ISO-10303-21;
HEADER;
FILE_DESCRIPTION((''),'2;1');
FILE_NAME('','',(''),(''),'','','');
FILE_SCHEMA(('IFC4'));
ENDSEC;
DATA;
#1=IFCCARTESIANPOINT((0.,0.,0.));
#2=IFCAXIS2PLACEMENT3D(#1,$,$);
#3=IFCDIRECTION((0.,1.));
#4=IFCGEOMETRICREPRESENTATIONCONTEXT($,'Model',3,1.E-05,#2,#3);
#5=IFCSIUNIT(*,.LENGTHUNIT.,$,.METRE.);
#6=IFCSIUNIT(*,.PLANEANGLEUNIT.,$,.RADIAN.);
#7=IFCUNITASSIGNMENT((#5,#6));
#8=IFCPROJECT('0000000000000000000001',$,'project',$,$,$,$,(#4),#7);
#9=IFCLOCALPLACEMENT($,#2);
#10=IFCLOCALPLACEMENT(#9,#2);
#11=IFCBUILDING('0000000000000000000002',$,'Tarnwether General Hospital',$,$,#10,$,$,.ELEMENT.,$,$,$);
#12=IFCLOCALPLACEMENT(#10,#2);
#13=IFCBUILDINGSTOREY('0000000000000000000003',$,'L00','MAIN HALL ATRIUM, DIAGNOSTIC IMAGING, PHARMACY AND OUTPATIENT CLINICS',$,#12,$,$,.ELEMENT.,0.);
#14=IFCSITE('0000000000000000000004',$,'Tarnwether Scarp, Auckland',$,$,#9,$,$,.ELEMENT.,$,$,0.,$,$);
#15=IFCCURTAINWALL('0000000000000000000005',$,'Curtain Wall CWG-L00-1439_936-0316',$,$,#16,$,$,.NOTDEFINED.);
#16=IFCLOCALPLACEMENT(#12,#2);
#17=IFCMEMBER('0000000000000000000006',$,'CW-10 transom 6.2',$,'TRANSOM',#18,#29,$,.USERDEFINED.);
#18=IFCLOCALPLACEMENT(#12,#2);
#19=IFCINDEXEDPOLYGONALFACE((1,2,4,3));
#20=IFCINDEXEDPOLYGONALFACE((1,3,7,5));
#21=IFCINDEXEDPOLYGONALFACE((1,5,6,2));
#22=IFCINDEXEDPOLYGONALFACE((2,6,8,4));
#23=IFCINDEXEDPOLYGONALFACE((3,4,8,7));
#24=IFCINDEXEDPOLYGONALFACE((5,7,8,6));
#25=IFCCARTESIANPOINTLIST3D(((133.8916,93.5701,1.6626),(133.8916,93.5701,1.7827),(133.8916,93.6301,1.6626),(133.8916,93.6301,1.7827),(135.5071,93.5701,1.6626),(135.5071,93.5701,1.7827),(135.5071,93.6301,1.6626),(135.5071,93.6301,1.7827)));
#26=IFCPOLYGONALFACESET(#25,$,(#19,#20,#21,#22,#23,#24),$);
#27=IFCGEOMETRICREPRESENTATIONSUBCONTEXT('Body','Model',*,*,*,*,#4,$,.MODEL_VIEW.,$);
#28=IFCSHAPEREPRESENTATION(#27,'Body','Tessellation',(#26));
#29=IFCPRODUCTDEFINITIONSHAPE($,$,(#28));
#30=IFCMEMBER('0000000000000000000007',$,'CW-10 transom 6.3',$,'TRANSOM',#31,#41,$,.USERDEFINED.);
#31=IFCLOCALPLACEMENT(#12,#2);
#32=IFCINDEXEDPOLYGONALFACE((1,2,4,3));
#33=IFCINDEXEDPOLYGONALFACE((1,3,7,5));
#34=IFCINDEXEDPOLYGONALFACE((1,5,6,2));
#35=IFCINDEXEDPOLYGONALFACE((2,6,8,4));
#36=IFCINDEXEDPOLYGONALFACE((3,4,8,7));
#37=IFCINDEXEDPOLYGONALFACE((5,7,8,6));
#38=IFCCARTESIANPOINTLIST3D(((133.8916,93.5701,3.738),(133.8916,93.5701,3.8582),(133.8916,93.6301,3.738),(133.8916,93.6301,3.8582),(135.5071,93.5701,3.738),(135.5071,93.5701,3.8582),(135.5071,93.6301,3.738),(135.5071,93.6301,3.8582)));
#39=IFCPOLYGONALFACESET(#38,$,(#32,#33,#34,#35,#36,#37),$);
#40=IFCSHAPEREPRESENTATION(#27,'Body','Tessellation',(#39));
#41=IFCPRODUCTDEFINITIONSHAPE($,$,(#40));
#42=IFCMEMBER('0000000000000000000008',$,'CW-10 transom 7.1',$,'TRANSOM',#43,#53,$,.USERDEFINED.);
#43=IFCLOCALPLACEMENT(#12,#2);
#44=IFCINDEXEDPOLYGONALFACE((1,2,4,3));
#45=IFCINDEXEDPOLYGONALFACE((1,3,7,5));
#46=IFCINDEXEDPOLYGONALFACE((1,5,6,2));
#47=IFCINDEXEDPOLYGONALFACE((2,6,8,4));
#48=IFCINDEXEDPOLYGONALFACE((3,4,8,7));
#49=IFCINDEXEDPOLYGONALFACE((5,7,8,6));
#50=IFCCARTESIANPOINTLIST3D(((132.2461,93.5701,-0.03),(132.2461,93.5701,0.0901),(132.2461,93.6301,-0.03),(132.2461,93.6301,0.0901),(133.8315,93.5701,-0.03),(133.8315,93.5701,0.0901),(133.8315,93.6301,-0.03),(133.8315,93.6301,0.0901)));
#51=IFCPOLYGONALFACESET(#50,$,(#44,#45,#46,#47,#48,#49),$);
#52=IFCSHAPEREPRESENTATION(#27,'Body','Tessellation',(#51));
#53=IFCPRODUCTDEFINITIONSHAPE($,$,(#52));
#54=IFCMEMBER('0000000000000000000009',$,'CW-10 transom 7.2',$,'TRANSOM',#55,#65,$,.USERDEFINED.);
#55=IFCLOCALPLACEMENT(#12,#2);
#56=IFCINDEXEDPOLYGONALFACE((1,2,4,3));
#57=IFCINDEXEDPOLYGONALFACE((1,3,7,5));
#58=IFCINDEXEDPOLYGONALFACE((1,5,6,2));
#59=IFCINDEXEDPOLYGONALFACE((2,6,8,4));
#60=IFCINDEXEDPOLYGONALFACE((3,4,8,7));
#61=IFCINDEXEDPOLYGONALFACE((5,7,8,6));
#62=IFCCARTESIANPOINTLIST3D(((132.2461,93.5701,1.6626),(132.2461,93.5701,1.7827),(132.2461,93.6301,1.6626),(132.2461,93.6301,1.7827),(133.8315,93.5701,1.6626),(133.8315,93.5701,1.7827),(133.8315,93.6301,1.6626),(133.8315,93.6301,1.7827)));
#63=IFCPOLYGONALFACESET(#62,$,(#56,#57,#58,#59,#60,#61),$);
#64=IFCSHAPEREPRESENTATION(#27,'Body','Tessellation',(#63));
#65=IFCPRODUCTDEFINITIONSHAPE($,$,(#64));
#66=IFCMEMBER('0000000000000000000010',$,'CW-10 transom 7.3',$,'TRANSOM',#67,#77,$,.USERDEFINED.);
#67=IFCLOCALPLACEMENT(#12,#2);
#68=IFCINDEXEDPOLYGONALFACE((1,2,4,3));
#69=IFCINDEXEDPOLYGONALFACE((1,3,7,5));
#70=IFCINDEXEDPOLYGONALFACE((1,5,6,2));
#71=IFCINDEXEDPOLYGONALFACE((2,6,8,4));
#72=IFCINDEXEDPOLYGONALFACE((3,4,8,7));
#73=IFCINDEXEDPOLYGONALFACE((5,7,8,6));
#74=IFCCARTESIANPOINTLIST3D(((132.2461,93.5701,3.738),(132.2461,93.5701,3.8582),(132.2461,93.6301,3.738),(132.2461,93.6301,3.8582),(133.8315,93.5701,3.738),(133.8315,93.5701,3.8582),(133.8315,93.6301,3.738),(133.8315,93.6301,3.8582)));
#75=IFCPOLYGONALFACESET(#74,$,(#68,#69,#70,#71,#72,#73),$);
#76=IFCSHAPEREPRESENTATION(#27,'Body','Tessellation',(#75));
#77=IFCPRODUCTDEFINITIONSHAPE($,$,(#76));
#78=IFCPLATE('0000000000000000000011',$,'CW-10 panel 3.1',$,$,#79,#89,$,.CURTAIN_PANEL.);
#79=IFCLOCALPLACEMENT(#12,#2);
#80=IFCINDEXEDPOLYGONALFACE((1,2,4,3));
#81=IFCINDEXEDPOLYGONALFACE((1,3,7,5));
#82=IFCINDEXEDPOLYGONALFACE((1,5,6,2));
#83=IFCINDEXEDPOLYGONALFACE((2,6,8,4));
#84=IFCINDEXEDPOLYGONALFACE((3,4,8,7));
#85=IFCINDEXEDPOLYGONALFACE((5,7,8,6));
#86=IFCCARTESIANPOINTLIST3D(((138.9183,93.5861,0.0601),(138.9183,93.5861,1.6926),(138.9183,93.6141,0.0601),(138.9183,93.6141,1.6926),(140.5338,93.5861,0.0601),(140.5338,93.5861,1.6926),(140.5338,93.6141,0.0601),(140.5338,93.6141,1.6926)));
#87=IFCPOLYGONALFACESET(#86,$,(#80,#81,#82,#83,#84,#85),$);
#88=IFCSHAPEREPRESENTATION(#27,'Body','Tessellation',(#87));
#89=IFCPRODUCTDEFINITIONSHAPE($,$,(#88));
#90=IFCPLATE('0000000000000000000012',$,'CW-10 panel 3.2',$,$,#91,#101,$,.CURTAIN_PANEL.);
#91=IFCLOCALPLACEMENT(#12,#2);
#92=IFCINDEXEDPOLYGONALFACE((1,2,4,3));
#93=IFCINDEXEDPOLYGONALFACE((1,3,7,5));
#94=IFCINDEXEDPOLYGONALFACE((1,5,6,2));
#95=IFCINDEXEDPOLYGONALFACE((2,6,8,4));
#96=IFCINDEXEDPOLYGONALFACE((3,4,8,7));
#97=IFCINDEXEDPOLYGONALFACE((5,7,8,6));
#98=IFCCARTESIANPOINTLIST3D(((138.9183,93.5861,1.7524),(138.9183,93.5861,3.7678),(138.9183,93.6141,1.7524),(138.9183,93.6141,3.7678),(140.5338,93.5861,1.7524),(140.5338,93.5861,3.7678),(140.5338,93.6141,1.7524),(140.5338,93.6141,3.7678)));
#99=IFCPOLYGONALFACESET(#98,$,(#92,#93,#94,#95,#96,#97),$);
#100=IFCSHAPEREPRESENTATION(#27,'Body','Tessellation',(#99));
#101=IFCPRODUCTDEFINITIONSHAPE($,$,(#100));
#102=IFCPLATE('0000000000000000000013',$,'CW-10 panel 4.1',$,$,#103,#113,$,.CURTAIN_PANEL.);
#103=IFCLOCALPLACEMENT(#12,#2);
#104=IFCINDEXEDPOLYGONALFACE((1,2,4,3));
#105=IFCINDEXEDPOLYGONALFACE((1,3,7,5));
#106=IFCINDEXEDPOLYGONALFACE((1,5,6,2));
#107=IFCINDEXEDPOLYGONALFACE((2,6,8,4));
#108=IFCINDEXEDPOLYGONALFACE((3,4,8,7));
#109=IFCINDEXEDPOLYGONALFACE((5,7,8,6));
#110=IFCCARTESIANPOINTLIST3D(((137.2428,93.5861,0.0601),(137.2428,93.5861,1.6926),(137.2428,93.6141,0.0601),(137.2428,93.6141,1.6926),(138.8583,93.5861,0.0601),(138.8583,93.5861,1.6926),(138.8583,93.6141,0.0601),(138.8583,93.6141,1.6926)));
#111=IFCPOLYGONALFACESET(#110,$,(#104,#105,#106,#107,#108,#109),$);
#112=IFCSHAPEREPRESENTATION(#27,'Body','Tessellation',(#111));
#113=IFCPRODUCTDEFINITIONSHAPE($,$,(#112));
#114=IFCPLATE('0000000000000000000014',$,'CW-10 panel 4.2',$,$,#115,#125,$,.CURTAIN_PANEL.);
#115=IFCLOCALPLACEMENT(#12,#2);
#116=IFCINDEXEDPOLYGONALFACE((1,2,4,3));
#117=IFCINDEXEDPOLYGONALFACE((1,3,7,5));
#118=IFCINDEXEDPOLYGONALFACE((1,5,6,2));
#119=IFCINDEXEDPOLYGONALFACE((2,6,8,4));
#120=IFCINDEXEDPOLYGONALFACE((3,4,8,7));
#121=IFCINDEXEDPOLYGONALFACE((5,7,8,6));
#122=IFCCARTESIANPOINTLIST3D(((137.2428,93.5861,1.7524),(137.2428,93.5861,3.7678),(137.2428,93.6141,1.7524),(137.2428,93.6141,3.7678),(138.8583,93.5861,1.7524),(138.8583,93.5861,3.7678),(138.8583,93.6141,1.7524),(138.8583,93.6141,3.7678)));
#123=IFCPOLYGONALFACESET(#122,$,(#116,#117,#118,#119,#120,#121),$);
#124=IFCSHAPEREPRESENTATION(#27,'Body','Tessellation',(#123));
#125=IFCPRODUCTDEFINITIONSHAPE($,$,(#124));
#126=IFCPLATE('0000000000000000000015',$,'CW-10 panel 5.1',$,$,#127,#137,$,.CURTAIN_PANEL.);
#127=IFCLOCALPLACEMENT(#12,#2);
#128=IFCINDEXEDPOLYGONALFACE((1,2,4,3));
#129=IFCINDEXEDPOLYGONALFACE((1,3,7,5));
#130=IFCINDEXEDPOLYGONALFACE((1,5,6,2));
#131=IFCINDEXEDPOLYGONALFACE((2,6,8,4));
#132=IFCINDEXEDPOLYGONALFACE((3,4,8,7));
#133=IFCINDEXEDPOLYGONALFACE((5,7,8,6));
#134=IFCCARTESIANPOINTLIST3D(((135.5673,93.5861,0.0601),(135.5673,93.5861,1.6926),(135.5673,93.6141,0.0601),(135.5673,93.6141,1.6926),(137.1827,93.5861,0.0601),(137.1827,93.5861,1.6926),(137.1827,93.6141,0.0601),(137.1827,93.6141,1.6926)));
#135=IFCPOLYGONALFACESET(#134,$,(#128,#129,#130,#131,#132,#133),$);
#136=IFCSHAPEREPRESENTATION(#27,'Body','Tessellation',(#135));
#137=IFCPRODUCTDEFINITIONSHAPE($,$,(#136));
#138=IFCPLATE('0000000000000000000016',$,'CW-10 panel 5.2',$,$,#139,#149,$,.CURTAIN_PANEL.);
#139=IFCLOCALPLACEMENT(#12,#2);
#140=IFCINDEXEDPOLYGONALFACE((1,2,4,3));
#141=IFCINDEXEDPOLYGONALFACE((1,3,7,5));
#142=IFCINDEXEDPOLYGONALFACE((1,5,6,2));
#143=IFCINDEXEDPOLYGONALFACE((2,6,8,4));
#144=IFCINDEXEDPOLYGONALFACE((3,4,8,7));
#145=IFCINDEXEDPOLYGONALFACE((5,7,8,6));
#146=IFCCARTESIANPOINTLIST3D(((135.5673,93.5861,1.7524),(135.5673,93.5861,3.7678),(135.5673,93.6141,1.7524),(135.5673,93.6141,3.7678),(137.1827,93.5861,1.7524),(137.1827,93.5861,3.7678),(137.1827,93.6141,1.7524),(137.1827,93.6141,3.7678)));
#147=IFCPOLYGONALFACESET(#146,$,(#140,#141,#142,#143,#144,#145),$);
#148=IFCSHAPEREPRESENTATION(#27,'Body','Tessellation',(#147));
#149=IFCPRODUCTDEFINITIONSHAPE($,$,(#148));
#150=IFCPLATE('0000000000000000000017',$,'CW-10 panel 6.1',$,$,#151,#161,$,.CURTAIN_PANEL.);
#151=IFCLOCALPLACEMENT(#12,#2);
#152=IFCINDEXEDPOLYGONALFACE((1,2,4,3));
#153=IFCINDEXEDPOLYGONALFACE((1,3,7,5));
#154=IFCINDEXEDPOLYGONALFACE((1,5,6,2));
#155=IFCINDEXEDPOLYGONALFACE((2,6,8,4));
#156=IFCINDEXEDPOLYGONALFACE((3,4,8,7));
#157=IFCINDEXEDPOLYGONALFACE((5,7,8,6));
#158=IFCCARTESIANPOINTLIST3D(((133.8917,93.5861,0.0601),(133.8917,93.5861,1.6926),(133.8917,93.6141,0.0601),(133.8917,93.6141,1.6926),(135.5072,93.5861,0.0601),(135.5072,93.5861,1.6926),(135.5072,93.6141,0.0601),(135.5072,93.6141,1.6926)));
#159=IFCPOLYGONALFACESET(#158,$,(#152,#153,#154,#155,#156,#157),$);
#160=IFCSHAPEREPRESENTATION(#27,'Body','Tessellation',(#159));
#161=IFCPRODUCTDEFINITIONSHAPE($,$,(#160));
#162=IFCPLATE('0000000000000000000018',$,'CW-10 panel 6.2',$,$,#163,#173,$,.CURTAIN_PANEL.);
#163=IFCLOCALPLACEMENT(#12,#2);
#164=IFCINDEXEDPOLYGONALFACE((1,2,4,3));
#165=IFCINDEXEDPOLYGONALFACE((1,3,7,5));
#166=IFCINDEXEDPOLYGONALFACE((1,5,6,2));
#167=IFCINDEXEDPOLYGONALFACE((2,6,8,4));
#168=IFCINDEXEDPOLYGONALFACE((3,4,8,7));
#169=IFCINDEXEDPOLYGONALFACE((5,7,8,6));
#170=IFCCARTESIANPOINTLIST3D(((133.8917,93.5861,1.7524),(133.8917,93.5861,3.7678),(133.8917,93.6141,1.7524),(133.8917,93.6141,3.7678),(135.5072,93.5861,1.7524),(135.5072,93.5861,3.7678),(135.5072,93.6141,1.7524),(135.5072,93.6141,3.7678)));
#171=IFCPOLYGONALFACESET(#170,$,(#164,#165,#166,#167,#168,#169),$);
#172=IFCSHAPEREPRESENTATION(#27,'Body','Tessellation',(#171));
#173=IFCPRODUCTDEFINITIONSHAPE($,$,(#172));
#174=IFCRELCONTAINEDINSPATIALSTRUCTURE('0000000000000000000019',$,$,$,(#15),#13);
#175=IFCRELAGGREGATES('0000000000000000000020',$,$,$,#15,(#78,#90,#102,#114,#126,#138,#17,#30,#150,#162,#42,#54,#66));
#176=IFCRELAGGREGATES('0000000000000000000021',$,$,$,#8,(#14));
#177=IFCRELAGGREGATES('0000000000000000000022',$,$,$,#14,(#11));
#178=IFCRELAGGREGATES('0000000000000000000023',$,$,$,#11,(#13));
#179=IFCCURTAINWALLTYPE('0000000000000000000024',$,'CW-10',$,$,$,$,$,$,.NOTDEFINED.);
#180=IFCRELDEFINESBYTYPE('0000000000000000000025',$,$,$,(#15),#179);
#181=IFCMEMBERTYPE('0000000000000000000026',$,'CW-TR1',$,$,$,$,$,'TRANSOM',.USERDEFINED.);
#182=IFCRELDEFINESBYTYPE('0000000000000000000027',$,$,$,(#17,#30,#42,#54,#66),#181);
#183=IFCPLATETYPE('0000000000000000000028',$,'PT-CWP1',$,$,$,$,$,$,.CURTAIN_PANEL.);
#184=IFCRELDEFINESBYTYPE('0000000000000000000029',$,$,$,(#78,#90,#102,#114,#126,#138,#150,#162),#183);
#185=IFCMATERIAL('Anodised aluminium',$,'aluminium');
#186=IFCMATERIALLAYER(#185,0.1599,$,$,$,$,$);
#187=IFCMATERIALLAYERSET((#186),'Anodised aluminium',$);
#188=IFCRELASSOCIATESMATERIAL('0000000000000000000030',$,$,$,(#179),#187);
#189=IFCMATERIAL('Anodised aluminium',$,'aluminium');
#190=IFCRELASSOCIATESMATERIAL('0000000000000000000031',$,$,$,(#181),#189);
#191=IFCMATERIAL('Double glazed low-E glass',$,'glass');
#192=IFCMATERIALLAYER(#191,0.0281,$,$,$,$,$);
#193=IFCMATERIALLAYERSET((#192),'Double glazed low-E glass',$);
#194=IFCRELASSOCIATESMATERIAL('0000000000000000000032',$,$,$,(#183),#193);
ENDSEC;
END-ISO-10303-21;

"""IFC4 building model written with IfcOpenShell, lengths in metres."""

from ifc_helpers import new_model, si_unit, direction, frame, origin, origin_2d, place, context, subcontext, project, spatial, rectangle, extrude, material, layer, layer_set, material_profile, profile_set, type_object, element, aggregate, save


model = new_model("IFC4")

# Units and contexts
model_context = context("Model", 3, precision=1e-05, world=origin(), true_north=direction((0.0, 1.0)))
body_context = subcontext(model_context, "Body", "Model", "MODEL_VIEW")
ifc_project = project(units=[si_unit("LENGTHUNIT", "METRE"), si_unit("PLANEANGLEUNIT", "RADIAN")], contexts=[model_context])

# Site, building, storey
site_placement = place(None, origin())
site = spatial("IfcSite", under=ifc_project, at=site_placement, Name="Tarnwether Scarp, Auckland", CompositionType="ELEMENT", RefElevation=0.0)
building_placement = place(site_placement, origin())
building = spatial("IfcBuilding", under=site, at=building_placement, Name="Tarnwether General Hospital", CompositionType="ELEMENT")
storey_placement = place(building_placement, origin())
storey = spatial("IfcBuildingStorey", under=building, at=storey_placement, Name="L00", Description="MAIN HALL ATRIUM, DIAGNOSTIC IMAGING, PHARMACY AND OUTPATIENT CLINICS", CompositionType="ELEMENT", Elevation=0.0)

# Curtain wall, members, plates
ifc_material_1 = material(Name="Anodised aluminium", Category="aluminium")
ifc_layer_1 = layer(ifc_material_1, 0.1599)
ifc_layer_set_1 = layer_set([ifc_layer_1], Name="Anodised aluminium")
curtain_wall_type = type_object("IfcCurtainWallType", Name="CW-10", PredefinedType="NOTDEFINED", material=ifc_layer_set_1)
curtain_wall_placement = place(storey_placement, origin())
curtain_wall = element("IfcCurtainWall", 1, at=curtain_wall_placement, inside=storey, type_object=curtain_wall_type, Name="Curtain Wall CWG-L00-1439_936-0316", PredefinedType="NOTDEFINED")
ifc_material_2 = material(Name="Anodised aluminium", Category="aluminium")
ifc_material_profile_1 = material_profile(ifc_material_2, rectangle(XDim=0.0601, YDim=0.1201, at=origin_2d()), Name="ALU-TRN-60x120")
ifc_profile_set_1 = profile_set([ifc_material_profile_1], Name="Anodised aluminium")
member_type_1 = type_object("IfcMemberType", Name="CW-TR1", ElementType="TRANSOM", PredefinedType="USERDEFINED", material=ifc_profile_set_1)
member_1_placement = place(storey_placement, frame((135.5071, 93.6001, 1.7227), z_axis=(-1.0, 0.0, 0.0), x_axis=(0.0, -1.0, 0.0)))
member_1 = element("IfcMember", 2, at=member_1_placement, type_object=member_type_1, Name="CW-10 transom 6.2", ObjectType="TRANSOM", PredefinedType="USERDEFINED", context=body_context, shape_type="SweptSolid", body=[
    extrude(rectangle(XDim=0.0601, YDim=0.1201, at=origin_2d()), origin(), (0.0, 0.0, 1.0), 1.6155),
])
member_2_placement = place(storey_placement, frame((135.5071, 93.6001, 3.7981), z_axis=(-1.0, 0.0, 0.0), x_axis=(0.0, -1.0, 0.0)))
member_2 = element("IfcMember", 3, at=member_2_placement, type_object=member_type_1, Name="CW-10 transom 6.3", ObjectType="TRANSOM", PredefinedType="USERDEFINED", context=body_context, shape_type="SweptSolid", body=[
    extrude(rectangle(XDim=0.0601, YDim=0.1201, at=origin_2d()), origin(), (0.0, 0.0, 1.0), 1.6155),
])
member_3_placement = place(storey_placement, frame((133.8315, 93.6001, 0.03), z_axis=(-1.0, 0.0, 0.0), x_axis=(0.0, -1.0, 0.0)))
member_3 = element("IfcMember", 4, at=member_3_placement, type_object=member_type_1, Name="CW-10 transom 7.1", ObjectType="TRANSOM", PredefinedType="USERDEFINED", context=body_context, shape_type="SweptSolid", body=[
    extrude(rectangle(XDim=0.0601, YDim=0.1201, at=origin_2d()), origin(), (0.0, 0.0, 1.0), 1.5854),
])
member_4_placement = place(storey_placement, frame((133.8315, 93.6001, 1.7227), z_axis=(-1.0, 0.0, 0.0), x_axis=(0.0, -1.0, 0.0)))
member_4 = element("IfcMember", 5, at=member_4_placement, type_object=member_type_1, Name="CW-10 transom 7.2", ObjectType="TRANSOM", PredefinedType="USERDEFINED", context=body_context, shape_type="SweptSolid", body=[
    extrude(rectangle(XDim=0.0601, YDim=0.1201, at=origin_2d()), origin(), (0.0, 0.0, 1.0), 1.5854),
])
member_5_placement = place(storey_placement, frame((133.8315, 93.6001, 3.7981), z_axis=(-1.0, 0.0, 0.0), x_axis=(0.0, -1.0, 0.0)))
member_5 = element("IfcMember", 6, at=member_5_placement, type_object=member_type_1, Name="CW-10 transom 7.3", ObjectType="TRANSOM", PredefinedType="USERDEFINED", context=body_context, shape_type="SweptSolid", body=[
    extrude(rectangle(XDim=0.0601, YDim=0.1201, at=origin_2d()), origin(), (0.0, 0.0, 1.0), 1.5854),
])
ifc_material_3 = material(Name="Double glazed low-E glass", Category="glass")
ifc_layer_2 = layer(ifc_material_3, 0.0281)
ifc_layer_set_2 = layer_set([ifc_layer_2], Name="Double glazed low-E glass")
plate_type = type_object("IfcPlateType", Name="PT-CWP1", PredefinedType="CURTAIN_PANEL", material=ifc_layer_set_2)
plate_1_placement = place(storey_placement, frame((139.7261, 93.6001, 0.0601), z_axis=(0.0, 0.0, 1.0), x_axis=(-1.0, 0.0, 0.0)))
plate_1 = element("IfcPlate", 7, at=plate_1_placement, type_object=plate_type, Name="CW-10 panel 3.1", PredefinedType="CURTAIN_PANEL", context=body_context, shape_type="SweptSolid", body=[
    extrude(rectangle(XDim=1.6155, YDim=0.0281, at=origin_2d()), origin(), (0.0, 0.0, 1.0), 1.6326),
])
plate_2_placement = place(storey_placement, frame((139.7261, 93.6001, 1.7524), z_axis=(0.0, 0.0, 1.0), x_axis=(-1.0, 0.0, 0.0)))
plate_2 = element("IfcPlate", 8, at=plate_2_placement, type_object=plate_type, Name="CW-10 panel 3.2", PredefinedType="CURTAIN_PANEL", context=body_context, shape_type="SweptSolid", body=[
    extrude(rectangle(XDim=1.6155, YDim=0.0281, at=origin_2d()), origin(), (0.0, 0.0, 1.0), 2.0154),
])
plate_3_placement = place(storey_placement, frame((138.0505, 93.6001, 0.0601), z_axis=(0.0, 0.0, 1.0), x_axis=(-1.0, 0.0, 0.0)))
plate_3 = element("IfcPlate", 9, at=plate_3_placement, type_object=plate_type, Name="CW-10 panel 4.1", PredefinedType="CURTAIN_PANEL", context=body_context, shape_type="SweptSolid", body=[
    extrude(rectangle(XDim=1.6155, YDim=0.0281, at=origin_2d()), origin(), (0.0, 0.0, 1.0), 1.6326),
])
plate_4_placement = place(storey_placement, frame((138.0505, 93.6001, 1.7524), z_axis=(0.0, 0.0, 1.0), x_axis=(-1.0, 0.0, 0.0)))
plate_4 = element("IfcPlate", 10, at=plate_4_placement, type_object=plate_type, Name="CW-10 panel 4.2", PredefinedType="CURTAIN_PANEL", context=body_context, shape_type="SweptSolid", body=[
    extrude(rectangle(XDim=1.6155, YDim=0.0281, at=origin_2d()), origin(), (0.0, 0.0, 1.0), 2.0154),
])
plate_5_placement = place(storey_placement, frame((136.375, 93.6001, 0.0601), z_axis=(0.0, 0.0, 1.0), x_axis=(-1.0, 0.0, 0.0)))
plate_5 = element("IfcPlate", 11, at=plate_5_placement, type_object=plate_type, Name="CW-10 panel 5.1", PredefinedType="CURTAIN_PANEL", context=body_context, shape_type="SweptSolid", body=[
    extrude(rectangle(XDim=1.6155, YDim=0.0281, at=origin_2d()), origin(), (0.0, 0.0, 1.0), 1.6326),
])
plate_6_placement = place(storey_placement, frame((136.375, 93.6001, 1.7524), z_axis=(0.0, 0.0, 1.0), x_axis=(-1.0, 0.0, 0.0)))
plate_6 = element("IfcPlate", 12, at=plate_6_placement, type_object=plate_type, Name="CW-10 panel 5.2", PredefinedType="CURTAIN_PANEL", context=body_context, shape_type="SweptSolid", body=[
    extrude(rectangle(XDim=1.6155, YDim=0.0281, at=origin_2d()), origin(), (0.0, 0.0, 1.0), 2.0154),
])
plate_7_placement = place(storey_placement, frame((134.6995, 93.6001, 0.0601), z_axis=(0.0, 0.0, 1.0), x_axis=(-1.0, 0.0, 0.0)))
plate_7 = element("IfcPlate", 13, at=plate_7_placement, type_object=plate_type, Name="CW-10 panel 6.1", PredefinedType="CURTAIN_PANEL", context=body_context, shape_type="SweptSolid", body=[
    extrude(rectangle(XDim=1.6155, YDim=0.0281, at=origin_2d()), origin(), (0.0, 0.0, 1.0), 1.6326),
])
plate_8_placement = place(storey_placement, frame((134.6995, 93.6001, 1.7524), z_axis=(0.0, 0.0, 1.0), x_axis=(-1.0, 0.0, 0.0)))
plate_8 = element("IfcPlate", 14, at=plate_8_placement, type_object=plate_type, Name="CW-10 panel 6.2", PredefinedType="CURTAIN_PANEL", context=body_context, shape_type="SweptSolid", body=[
    extrude(rectangle(XDim=1.6155, YDim=0.0281, at=origin_2d()), origin(), (0.0, 0.0, 1.0), 2.0154),
])
aggregate(curtain_wall, [plate_1, plate_2, plate_3, plate_4, plate_5, plate_6, member_1, member_2, plate_7, plate_8, member_3, member_4, member_5])

save(model, "model.ifc")
